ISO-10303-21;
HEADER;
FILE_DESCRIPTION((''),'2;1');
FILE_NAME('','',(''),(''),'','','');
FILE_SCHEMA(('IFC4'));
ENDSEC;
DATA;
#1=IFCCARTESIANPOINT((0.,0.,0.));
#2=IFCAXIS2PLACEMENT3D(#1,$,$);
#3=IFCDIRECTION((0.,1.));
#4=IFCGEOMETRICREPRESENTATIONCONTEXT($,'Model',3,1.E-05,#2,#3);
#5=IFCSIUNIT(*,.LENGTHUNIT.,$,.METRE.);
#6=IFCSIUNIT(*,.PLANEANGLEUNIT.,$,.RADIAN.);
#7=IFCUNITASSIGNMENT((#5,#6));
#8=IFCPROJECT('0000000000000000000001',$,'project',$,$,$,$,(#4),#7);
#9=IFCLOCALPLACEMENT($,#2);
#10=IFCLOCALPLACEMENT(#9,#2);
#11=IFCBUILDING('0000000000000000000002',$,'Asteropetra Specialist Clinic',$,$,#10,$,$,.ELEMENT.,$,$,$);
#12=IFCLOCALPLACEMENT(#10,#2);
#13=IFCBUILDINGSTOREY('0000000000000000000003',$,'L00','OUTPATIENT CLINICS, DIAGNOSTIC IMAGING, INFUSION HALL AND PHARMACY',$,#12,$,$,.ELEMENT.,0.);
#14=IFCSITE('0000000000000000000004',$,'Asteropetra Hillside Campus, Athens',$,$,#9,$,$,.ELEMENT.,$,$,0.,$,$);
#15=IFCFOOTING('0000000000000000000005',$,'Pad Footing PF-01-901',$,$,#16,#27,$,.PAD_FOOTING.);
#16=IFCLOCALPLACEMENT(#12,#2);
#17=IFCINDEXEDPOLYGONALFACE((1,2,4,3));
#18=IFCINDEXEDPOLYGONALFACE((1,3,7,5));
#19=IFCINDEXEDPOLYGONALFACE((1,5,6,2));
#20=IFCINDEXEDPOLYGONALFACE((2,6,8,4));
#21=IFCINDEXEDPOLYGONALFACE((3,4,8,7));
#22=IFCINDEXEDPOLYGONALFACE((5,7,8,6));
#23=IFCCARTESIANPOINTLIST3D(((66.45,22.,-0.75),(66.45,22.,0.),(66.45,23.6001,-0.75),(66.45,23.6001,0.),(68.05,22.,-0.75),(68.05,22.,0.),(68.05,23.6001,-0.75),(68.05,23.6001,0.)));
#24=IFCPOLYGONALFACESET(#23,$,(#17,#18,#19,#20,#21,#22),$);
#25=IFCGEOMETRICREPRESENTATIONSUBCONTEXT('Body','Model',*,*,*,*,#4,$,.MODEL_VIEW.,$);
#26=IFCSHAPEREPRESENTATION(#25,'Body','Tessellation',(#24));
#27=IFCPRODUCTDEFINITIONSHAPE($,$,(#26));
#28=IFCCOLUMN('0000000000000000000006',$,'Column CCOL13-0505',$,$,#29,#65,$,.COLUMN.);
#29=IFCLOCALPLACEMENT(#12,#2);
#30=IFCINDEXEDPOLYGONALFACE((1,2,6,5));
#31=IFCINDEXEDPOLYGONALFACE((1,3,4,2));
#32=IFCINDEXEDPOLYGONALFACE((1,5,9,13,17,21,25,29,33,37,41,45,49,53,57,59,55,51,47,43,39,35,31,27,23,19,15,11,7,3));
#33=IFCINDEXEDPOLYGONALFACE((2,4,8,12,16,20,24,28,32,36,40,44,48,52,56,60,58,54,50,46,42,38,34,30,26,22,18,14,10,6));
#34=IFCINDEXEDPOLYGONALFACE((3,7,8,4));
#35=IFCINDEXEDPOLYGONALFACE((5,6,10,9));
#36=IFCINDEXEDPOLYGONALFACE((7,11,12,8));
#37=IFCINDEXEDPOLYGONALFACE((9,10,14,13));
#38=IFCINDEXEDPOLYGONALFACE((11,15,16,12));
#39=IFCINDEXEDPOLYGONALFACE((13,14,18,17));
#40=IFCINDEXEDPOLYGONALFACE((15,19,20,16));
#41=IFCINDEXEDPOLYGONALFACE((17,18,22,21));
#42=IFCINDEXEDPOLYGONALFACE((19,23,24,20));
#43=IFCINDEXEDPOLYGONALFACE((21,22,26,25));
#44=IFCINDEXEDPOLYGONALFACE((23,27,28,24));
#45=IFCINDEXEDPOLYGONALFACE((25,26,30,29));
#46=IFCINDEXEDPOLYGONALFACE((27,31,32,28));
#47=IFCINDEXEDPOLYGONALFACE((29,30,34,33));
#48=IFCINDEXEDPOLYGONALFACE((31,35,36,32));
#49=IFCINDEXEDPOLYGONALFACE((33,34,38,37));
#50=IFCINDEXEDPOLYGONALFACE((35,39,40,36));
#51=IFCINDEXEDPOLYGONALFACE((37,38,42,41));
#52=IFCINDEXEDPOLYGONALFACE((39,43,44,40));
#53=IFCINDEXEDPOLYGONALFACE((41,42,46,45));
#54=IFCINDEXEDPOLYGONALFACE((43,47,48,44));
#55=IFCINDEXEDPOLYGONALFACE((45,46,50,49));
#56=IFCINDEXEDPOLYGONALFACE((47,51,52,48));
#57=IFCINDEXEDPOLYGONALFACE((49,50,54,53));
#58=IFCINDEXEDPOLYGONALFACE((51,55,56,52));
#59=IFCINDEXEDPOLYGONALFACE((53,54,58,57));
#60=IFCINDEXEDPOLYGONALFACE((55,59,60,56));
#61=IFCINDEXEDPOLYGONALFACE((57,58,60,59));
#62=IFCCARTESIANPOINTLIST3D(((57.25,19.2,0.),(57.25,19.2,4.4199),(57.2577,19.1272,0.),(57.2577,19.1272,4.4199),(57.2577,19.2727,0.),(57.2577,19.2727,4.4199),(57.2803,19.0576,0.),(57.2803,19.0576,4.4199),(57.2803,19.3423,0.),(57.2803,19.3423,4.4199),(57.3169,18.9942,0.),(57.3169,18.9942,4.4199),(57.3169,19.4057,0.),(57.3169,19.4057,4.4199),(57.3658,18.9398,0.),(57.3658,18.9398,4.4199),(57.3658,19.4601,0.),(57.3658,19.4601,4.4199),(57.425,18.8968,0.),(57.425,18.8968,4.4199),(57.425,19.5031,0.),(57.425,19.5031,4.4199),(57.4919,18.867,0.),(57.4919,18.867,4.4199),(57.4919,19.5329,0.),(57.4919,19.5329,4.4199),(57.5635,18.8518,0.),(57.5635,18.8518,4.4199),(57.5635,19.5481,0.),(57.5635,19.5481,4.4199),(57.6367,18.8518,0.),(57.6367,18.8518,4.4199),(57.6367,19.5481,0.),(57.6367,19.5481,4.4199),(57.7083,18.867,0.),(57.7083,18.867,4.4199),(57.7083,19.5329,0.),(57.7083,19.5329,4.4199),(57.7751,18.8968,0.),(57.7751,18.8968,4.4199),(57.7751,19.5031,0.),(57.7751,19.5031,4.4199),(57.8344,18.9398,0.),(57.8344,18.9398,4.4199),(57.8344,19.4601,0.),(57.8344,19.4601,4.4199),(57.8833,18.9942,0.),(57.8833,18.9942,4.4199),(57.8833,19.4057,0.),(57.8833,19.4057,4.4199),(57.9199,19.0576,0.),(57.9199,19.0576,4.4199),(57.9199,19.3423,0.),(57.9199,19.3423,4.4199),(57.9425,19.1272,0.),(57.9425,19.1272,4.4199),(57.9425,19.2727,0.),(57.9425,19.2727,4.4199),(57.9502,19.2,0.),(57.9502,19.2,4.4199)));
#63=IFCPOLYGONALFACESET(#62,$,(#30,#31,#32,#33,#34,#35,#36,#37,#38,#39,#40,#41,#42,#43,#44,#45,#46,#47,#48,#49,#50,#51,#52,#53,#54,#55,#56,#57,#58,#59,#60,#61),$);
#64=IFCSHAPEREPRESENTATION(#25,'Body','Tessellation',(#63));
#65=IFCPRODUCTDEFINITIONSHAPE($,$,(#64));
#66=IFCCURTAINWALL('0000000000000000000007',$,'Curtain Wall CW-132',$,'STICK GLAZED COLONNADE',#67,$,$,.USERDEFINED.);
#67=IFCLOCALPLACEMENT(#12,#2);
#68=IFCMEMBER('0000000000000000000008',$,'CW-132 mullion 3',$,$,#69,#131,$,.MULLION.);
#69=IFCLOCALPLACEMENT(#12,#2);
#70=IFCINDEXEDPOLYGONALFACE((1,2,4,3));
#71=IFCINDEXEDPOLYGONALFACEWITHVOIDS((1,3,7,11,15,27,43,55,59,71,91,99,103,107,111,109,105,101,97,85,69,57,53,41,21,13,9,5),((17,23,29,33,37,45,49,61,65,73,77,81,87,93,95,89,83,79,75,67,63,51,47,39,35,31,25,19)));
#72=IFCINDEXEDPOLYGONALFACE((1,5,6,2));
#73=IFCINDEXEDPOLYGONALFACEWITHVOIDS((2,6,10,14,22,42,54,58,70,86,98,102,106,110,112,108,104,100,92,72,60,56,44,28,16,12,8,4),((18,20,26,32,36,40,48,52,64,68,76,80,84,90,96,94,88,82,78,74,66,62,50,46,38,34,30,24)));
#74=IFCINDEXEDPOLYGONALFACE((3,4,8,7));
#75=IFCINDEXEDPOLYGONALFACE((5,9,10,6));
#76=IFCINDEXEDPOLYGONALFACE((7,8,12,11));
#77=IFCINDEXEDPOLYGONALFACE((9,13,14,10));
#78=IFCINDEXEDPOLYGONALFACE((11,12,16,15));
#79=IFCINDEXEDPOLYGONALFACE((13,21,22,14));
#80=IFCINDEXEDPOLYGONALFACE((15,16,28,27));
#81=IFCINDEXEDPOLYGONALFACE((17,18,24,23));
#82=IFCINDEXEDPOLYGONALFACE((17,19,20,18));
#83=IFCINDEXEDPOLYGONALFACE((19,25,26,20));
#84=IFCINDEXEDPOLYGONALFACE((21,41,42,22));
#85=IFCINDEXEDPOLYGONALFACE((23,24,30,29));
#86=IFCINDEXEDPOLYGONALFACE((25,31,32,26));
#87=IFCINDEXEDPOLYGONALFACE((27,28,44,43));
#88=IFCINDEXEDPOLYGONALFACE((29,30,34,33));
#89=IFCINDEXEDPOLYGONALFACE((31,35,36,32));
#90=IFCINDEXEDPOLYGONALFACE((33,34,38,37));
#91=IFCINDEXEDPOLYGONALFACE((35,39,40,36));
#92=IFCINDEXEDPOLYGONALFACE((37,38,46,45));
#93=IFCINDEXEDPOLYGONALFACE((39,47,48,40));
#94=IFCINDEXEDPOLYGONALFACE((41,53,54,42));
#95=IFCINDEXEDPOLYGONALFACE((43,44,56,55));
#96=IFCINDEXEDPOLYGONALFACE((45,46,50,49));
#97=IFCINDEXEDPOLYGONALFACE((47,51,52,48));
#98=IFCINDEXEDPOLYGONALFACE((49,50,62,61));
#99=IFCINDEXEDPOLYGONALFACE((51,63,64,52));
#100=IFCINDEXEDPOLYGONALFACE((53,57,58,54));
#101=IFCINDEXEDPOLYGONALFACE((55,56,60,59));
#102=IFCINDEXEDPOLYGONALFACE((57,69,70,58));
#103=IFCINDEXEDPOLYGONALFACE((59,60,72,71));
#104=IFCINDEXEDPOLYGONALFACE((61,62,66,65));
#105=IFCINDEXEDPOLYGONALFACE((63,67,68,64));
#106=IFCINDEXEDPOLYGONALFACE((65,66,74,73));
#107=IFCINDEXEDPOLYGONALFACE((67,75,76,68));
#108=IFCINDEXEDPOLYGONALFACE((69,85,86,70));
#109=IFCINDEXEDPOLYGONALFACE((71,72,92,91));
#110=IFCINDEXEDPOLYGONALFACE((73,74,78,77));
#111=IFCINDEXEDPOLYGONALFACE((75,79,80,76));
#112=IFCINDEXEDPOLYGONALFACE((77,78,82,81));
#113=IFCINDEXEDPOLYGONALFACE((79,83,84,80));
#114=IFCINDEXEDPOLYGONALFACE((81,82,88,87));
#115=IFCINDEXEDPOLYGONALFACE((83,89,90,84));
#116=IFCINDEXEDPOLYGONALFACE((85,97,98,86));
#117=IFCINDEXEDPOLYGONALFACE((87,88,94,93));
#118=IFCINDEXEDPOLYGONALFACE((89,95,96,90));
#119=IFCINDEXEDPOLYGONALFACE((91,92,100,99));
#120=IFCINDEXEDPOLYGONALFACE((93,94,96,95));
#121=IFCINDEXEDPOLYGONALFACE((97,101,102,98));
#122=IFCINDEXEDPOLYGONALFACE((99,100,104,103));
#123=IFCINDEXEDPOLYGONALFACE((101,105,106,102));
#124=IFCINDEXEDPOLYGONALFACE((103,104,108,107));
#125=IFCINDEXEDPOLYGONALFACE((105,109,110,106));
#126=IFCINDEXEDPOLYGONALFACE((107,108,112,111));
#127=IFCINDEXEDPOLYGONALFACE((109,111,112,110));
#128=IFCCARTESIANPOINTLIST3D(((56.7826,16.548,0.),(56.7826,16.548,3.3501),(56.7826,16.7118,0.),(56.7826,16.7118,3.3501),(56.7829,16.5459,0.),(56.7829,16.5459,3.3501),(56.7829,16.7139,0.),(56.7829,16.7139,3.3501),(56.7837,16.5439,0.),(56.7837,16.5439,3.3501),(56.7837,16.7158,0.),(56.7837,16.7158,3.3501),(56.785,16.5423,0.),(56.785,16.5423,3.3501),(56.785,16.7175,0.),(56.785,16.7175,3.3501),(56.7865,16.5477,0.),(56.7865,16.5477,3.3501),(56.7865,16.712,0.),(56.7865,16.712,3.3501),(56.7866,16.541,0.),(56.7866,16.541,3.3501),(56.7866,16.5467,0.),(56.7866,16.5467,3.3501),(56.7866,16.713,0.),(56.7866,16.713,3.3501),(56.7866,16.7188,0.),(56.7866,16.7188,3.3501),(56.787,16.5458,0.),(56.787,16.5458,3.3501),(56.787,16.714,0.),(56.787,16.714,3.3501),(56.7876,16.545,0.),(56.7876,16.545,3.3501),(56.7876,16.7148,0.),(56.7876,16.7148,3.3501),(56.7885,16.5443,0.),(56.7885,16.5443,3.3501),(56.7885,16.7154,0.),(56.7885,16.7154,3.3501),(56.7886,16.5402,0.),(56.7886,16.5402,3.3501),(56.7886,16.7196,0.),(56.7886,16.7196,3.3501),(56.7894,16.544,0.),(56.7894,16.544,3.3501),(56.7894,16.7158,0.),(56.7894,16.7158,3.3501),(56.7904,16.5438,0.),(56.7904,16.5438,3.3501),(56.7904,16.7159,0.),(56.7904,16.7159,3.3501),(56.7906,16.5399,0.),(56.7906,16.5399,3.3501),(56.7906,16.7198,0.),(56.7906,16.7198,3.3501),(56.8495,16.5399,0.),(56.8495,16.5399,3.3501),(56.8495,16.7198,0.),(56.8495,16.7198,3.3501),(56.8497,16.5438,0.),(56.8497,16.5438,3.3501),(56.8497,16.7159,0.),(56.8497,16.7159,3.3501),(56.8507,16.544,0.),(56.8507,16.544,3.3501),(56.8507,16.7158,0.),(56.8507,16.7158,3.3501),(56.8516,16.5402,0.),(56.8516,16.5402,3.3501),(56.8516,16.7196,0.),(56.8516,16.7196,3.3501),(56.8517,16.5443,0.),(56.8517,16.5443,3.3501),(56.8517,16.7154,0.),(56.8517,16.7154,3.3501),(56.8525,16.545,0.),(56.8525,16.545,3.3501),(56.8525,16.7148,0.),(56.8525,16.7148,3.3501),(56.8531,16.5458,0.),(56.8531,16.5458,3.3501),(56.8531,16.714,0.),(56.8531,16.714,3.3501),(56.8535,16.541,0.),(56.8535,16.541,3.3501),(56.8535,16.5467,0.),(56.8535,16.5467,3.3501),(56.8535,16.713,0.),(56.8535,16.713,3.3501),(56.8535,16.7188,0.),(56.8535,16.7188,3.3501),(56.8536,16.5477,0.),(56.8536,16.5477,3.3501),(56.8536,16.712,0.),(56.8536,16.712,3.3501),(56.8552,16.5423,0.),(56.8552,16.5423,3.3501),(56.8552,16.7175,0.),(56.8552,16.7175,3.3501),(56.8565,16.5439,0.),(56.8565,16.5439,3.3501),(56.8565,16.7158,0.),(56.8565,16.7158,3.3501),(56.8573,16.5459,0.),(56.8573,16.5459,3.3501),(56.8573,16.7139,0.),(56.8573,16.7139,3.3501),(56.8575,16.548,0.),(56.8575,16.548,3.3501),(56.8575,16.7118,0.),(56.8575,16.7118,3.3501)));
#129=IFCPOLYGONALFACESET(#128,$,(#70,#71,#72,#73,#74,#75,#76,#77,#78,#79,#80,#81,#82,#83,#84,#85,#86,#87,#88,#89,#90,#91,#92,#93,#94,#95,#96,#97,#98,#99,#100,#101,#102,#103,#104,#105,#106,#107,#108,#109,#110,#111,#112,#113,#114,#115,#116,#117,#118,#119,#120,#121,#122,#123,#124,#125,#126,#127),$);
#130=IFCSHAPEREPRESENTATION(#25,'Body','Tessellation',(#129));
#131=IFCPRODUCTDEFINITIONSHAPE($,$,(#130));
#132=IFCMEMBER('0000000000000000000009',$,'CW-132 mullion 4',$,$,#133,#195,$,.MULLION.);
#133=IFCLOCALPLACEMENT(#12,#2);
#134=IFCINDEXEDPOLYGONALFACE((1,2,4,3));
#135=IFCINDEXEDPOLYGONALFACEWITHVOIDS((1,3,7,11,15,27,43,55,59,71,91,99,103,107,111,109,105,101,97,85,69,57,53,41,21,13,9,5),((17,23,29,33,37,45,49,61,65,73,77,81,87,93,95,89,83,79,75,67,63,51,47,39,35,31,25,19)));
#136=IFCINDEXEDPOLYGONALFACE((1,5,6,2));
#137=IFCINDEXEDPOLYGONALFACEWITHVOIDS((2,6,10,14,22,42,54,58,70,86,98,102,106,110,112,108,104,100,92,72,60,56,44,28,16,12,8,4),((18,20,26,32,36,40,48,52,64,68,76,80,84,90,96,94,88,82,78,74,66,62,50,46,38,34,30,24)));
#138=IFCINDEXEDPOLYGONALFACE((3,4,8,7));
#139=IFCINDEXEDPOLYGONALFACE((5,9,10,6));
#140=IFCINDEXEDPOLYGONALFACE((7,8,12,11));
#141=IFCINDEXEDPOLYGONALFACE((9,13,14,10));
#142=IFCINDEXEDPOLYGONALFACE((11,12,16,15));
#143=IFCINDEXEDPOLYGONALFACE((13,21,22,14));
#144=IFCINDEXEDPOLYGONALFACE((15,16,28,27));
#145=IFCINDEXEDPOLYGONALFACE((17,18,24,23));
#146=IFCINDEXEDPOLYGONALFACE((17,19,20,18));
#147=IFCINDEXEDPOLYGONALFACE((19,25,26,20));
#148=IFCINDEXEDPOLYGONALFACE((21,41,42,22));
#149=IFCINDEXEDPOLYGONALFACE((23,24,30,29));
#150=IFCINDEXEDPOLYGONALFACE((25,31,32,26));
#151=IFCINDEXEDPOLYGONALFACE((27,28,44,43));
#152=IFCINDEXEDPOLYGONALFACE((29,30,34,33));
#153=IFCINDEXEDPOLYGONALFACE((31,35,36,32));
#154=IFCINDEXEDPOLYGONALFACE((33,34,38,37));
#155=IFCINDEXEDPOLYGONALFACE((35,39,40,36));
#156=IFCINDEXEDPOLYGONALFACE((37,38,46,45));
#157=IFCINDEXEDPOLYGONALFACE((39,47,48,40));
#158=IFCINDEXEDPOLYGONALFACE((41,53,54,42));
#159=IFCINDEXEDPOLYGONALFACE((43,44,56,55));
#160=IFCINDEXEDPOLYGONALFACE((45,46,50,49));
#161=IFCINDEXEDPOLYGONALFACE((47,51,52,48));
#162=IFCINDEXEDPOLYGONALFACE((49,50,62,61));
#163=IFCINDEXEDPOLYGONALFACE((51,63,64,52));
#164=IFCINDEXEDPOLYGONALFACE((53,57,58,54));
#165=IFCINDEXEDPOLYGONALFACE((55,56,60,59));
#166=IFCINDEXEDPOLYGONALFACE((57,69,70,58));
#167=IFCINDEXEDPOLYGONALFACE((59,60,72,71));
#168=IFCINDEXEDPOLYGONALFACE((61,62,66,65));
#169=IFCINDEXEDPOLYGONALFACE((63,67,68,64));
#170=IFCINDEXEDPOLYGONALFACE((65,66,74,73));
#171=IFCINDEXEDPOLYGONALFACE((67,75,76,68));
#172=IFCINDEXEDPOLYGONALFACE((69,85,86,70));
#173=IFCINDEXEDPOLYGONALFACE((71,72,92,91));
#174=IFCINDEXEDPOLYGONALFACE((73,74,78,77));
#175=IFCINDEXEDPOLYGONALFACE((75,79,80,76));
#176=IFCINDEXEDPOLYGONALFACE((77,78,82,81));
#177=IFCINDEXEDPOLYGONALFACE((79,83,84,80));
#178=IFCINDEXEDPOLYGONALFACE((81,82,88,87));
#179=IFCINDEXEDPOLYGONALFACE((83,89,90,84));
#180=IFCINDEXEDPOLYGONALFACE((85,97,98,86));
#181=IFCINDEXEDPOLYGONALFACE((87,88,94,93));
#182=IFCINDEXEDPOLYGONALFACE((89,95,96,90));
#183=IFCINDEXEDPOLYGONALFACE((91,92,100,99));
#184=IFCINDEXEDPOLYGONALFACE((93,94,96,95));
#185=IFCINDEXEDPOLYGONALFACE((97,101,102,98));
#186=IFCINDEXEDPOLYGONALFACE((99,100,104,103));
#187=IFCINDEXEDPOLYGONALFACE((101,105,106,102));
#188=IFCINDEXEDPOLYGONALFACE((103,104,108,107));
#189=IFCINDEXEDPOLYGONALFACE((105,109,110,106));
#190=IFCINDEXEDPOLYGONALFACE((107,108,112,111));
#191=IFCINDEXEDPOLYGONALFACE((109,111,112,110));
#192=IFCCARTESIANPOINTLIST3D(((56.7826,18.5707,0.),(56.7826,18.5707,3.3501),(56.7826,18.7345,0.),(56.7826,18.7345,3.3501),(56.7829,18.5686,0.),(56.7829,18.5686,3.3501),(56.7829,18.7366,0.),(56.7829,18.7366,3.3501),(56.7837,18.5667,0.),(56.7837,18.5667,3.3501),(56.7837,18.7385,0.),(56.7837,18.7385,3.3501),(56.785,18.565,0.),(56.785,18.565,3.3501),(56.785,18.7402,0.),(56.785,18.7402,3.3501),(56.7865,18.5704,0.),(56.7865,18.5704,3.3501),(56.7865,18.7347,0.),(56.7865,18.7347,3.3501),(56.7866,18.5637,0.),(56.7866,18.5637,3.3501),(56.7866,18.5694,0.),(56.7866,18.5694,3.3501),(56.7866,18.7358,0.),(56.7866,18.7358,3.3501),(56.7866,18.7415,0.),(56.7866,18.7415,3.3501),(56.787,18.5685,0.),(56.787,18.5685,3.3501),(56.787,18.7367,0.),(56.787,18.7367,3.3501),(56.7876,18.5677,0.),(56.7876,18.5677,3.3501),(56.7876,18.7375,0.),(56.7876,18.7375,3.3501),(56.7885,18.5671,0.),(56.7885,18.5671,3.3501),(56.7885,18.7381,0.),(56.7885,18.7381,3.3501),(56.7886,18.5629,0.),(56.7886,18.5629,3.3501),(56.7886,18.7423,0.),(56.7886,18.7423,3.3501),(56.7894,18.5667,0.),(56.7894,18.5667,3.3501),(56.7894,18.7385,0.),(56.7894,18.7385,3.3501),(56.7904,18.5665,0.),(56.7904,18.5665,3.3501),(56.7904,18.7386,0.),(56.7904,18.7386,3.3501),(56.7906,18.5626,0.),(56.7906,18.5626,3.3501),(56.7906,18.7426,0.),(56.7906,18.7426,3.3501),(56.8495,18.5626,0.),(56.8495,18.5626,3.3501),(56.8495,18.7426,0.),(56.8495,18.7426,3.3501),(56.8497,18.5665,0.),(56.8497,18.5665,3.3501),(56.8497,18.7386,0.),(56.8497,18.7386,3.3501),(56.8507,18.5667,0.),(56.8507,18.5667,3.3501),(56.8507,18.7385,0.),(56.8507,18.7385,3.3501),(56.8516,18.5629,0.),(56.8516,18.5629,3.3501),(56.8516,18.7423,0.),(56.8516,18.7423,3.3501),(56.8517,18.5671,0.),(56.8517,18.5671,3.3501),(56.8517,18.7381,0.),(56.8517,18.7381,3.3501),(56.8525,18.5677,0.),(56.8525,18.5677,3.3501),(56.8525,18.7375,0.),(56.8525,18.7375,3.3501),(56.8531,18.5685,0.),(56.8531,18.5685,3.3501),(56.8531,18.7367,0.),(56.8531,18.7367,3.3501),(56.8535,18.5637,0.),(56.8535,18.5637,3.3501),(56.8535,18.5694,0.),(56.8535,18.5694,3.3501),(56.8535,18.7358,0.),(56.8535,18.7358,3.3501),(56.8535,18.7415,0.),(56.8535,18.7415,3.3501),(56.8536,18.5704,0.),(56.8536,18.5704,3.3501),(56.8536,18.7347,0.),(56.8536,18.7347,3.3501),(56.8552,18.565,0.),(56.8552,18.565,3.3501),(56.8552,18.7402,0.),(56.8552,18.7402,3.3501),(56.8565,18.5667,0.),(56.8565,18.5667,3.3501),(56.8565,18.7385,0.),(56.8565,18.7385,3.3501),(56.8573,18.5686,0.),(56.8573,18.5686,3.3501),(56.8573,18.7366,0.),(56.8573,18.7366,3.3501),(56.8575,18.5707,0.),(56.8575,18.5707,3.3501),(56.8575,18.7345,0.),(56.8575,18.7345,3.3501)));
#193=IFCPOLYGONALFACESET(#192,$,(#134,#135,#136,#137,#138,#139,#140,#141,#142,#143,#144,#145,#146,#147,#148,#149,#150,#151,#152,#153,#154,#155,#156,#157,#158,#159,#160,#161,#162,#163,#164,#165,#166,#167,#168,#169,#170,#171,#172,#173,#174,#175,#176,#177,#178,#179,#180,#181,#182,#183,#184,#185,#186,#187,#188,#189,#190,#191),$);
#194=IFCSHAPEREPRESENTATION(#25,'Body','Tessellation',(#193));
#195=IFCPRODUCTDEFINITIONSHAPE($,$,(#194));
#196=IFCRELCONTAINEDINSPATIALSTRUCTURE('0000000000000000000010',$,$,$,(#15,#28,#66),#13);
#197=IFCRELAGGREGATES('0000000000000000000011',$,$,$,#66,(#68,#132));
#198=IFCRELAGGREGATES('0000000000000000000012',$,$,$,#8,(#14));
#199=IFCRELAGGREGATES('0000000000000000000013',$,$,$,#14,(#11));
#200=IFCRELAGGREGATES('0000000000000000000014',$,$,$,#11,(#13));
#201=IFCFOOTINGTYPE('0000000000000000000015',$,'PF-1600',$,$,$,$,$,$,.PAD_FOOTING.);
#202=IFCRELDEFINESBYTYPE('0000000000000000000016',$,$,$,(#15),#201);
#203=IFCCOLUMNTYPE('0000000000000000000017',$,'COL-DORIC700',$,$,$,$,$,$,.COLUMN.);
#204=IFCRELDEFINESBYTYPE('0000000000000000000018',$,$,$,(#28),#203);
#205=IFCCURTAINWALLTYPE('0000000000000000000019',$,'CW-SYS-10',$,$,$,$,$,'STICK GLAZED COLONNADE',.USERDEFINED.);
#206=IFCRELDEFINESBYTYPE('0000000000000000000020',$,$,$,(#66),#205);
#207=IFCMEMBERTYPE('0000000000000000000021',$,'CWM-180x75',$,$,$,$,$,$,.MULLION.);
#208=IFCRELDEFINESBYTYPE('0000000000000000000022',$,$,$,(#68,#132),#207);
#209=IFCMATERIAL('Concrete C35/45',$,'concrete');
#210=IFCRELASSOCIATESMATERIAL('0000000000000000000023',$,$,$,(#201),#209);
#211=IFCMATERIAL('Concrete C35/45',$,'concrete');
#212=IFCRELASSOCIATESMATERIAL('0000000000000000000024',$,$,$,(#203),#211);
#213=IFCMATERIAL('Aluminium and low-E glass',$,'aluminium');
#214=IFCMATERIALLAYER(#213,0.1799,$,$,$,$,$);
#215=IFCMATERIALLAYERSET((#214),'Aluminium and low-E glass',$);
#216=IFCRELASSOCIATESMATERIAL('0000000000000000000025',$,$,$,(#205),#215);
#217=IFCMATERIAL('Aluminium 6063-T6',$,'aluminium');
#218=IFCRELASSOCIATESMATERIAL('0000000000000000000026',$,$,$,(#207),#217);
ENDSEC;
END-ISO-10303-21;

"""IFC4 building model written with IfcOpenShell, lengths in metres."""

from ifc_helpers import new_model, si_unit, direction, frame, origin, origin_2d, place, context, subcontext, project, spatial, rectangle, hollow_rectangle, circle, extrude, material, layer, layer_set, material_profile, profile_set, type_object, element, aggregate, save


model = new_model("IFC4")

# Units and contexts
model_context = context("Model", 3, precision=1e-05, world=origin(), true_north=direction((0.0, 1.0)))
body_context = subcontext(model_context, "Body", "Model", "MODEL_VIEW")
ifc_project = project(units=[si_unit("LENGTHUNIT", "METRE"), si_unit("PLANEANGLEUNIT", "RADIAN")], contexts=[model_context])

# Site, building, storey
site_placement = place(None, origin())
site = spatial("IfcSite", under=ifc_project, at=site_placement, Name="Asteropetra Hillside Campus, Athens", CompositionType="ELEMENT", RefElevation=0.0)
building_placement = place(site_placement, origin())
building = spatial("IfcBuilding", under=site, at=building_placement, Name="Asteropetra Specialist Clinic", CompositionType="ELEMENT")
storey_placement = place(building_placement, origin())
storey = spatial("IfcBuildingStorey", under=building, at=storey_placement, Name="L00", Description="OUTPATIENT CLINICS, DIAGNOSTIC IMAGING, INFUSION HALL AND PHARMACY", CompositionType="ELEMENT", Elevation=0.0)

# Footing
ifc_material_1 = material(Name="Concrete C35/45", Category="concrete")
footing_type = type_object("IfcFootingType", Name="PF-1600", PredefinedType="PAD_FOOTING", material=ifc_material_1)
footing_placement = place(storey_placement, frame((67.25, 22.8, -0.75), z_axis=(0.0, 0.0, 1.0), x_axis=(1.0, 0.0, 0.0)))
element("IfcFooting", 1, at=footing_placement, inside=storey, type_object=footing_type, Name="Pad Footing PF-01-901", PredefinedType="PAD_FOOTING", context=body_context, shape_type="SweptSolid", body=[
    extrude(rectangle(XDim=1.6001, YDim=1.6001, at=origin_2d()), origin(), (0.0, 0.0, 1.0), 0.75),
])

# Column
ifc_material_2 = material(Name="Concrete C35/45", Category="concrete")
ifc_material_profile_1 = material_profile(ifc_material_2, circle(Radius=0.3501, at=origin_2d()), Name="RCC D700")
ifc_profile_set_1 = profile_set([ifc_material_profile_1], Name="Concrete C35/45")
column_type = type_object("IfcColumnType", Name="COL-DORIC700", PredefinedType="COLUMN", material=ifc_profile_set_1)
column_placement = place(storey_placement, frame((57.6001, 19.2, 0.0), z_axis=(0.0, 0.0, 1.0), x_axis=(1.0, 0.0, 0.0)))
element("IfcColumn", 2, at=column_placement, inside=storey, type_object=column_type, Name="Column CCOL13-0505", PredefinedType="COLUMN", context=body_context, shape_type="SweptSolid", body=[
    extrude(circle(Radius=0.3501, at=origin_2d()), origin(), (0.0, 0.0, 1.0), 4.4199),
])

# Curtain wall, members
ifc_material_3 = material(Name="Aluminium and low-E glass", Category="aluminium")
ifc_layer_1 = layer(ifc_material_3, 0.1799)
ifc_layer_set_1 = layer_set([ifc_layer_1], Name="Aluminium and low-E glass")
curtain_wall_type = type_object("IfcCurtainWallType", Name="CW-SYS-10", ElementType="STICK GLAZED COLONNADE", PredefinedType="USERDEFINED", material=ifc_layer_set_1)
curtain_wall_placement = place(storey_placement, origin())
curtain_wall = element("IfcCurtainWall", 3, at=curtain_wall_placement, inside=storey, type_object=curtain_wall_type, Name="Curtain Wall CW-132", ObjectType="STICK GLAZED COLONNADE", PredefinedType="USERDEFINED")
ifc_material_4 = material(Name="Aluminium 6063-T6", Category="aluminium")
ifc_material_profile_2 = material_profile(ifc_material_4, hollow_rectangle(XDim=0.075, YDim=0.1799, WallThickness=0.0039, InnerFilletRadius=0.0039, OuterFilletRadius=0.0081, at=origin_2d()), Name="MUL 180x75x4.0")
ifc_profile_set_2 = profile_set([ifc_material_profile_2], Name="Aluminium 6063-T6")
member_type_1 = type_object("IfcMemberType", Name="CWM-180x75", PredefinedType="MULLION", material=ifc_profile_set_2)
member_1_placement = place(storey_placement, frame((56.8201, 16.6299, 0.0), z_axis=(0.0, 0.0, 1.0), x_axis=(-1.0, 0.0, 0.0)))
member_1 = element("IfcMember", 4, at=member_1_placement, type_object=member_type_1, Name="CW-132 mullion 3", PredefinedType="MULLION", context=body_context, shape_type="SweptSolid", body=[
    extrude(hollow_rectangle(XDim=0.075, YDim=0.1799, WallThickness=0.0039, InnerFilletRadius=0.0039, OuterFilletRadius=0.0081, at=origin_2d()), origin(), (0.0, 0.0, 1.0), 3.3501),
])
member_2_placement = place(storey_placement, frame((56.8201, 18.6526, 0.0), z_axis=(0.0, 0.0, 1.0), x_axis=(-1.0, 0.0, 0.0)))
member_2 = element("IfcMember", 5, at=member_2_placement, type_object=member_type_1, Name="CW-132 mullion 4", PredefinedType="MULLION", context=body_context, shape_type="SweptSolid", body=[
    extrude(hollow_rectangle(XDim=0.075, YDim=0.1799, WallThickness=0.0039, InnerFilletRadius=0.0039, OuterFilletRadius=0.0081, at=origin_2d()), origin(), (0.0, 0.0, 1.0), 3.3501),
])

aggregate(curtain_wall, [member_1, member_2])

save(model, "model.ifc")
